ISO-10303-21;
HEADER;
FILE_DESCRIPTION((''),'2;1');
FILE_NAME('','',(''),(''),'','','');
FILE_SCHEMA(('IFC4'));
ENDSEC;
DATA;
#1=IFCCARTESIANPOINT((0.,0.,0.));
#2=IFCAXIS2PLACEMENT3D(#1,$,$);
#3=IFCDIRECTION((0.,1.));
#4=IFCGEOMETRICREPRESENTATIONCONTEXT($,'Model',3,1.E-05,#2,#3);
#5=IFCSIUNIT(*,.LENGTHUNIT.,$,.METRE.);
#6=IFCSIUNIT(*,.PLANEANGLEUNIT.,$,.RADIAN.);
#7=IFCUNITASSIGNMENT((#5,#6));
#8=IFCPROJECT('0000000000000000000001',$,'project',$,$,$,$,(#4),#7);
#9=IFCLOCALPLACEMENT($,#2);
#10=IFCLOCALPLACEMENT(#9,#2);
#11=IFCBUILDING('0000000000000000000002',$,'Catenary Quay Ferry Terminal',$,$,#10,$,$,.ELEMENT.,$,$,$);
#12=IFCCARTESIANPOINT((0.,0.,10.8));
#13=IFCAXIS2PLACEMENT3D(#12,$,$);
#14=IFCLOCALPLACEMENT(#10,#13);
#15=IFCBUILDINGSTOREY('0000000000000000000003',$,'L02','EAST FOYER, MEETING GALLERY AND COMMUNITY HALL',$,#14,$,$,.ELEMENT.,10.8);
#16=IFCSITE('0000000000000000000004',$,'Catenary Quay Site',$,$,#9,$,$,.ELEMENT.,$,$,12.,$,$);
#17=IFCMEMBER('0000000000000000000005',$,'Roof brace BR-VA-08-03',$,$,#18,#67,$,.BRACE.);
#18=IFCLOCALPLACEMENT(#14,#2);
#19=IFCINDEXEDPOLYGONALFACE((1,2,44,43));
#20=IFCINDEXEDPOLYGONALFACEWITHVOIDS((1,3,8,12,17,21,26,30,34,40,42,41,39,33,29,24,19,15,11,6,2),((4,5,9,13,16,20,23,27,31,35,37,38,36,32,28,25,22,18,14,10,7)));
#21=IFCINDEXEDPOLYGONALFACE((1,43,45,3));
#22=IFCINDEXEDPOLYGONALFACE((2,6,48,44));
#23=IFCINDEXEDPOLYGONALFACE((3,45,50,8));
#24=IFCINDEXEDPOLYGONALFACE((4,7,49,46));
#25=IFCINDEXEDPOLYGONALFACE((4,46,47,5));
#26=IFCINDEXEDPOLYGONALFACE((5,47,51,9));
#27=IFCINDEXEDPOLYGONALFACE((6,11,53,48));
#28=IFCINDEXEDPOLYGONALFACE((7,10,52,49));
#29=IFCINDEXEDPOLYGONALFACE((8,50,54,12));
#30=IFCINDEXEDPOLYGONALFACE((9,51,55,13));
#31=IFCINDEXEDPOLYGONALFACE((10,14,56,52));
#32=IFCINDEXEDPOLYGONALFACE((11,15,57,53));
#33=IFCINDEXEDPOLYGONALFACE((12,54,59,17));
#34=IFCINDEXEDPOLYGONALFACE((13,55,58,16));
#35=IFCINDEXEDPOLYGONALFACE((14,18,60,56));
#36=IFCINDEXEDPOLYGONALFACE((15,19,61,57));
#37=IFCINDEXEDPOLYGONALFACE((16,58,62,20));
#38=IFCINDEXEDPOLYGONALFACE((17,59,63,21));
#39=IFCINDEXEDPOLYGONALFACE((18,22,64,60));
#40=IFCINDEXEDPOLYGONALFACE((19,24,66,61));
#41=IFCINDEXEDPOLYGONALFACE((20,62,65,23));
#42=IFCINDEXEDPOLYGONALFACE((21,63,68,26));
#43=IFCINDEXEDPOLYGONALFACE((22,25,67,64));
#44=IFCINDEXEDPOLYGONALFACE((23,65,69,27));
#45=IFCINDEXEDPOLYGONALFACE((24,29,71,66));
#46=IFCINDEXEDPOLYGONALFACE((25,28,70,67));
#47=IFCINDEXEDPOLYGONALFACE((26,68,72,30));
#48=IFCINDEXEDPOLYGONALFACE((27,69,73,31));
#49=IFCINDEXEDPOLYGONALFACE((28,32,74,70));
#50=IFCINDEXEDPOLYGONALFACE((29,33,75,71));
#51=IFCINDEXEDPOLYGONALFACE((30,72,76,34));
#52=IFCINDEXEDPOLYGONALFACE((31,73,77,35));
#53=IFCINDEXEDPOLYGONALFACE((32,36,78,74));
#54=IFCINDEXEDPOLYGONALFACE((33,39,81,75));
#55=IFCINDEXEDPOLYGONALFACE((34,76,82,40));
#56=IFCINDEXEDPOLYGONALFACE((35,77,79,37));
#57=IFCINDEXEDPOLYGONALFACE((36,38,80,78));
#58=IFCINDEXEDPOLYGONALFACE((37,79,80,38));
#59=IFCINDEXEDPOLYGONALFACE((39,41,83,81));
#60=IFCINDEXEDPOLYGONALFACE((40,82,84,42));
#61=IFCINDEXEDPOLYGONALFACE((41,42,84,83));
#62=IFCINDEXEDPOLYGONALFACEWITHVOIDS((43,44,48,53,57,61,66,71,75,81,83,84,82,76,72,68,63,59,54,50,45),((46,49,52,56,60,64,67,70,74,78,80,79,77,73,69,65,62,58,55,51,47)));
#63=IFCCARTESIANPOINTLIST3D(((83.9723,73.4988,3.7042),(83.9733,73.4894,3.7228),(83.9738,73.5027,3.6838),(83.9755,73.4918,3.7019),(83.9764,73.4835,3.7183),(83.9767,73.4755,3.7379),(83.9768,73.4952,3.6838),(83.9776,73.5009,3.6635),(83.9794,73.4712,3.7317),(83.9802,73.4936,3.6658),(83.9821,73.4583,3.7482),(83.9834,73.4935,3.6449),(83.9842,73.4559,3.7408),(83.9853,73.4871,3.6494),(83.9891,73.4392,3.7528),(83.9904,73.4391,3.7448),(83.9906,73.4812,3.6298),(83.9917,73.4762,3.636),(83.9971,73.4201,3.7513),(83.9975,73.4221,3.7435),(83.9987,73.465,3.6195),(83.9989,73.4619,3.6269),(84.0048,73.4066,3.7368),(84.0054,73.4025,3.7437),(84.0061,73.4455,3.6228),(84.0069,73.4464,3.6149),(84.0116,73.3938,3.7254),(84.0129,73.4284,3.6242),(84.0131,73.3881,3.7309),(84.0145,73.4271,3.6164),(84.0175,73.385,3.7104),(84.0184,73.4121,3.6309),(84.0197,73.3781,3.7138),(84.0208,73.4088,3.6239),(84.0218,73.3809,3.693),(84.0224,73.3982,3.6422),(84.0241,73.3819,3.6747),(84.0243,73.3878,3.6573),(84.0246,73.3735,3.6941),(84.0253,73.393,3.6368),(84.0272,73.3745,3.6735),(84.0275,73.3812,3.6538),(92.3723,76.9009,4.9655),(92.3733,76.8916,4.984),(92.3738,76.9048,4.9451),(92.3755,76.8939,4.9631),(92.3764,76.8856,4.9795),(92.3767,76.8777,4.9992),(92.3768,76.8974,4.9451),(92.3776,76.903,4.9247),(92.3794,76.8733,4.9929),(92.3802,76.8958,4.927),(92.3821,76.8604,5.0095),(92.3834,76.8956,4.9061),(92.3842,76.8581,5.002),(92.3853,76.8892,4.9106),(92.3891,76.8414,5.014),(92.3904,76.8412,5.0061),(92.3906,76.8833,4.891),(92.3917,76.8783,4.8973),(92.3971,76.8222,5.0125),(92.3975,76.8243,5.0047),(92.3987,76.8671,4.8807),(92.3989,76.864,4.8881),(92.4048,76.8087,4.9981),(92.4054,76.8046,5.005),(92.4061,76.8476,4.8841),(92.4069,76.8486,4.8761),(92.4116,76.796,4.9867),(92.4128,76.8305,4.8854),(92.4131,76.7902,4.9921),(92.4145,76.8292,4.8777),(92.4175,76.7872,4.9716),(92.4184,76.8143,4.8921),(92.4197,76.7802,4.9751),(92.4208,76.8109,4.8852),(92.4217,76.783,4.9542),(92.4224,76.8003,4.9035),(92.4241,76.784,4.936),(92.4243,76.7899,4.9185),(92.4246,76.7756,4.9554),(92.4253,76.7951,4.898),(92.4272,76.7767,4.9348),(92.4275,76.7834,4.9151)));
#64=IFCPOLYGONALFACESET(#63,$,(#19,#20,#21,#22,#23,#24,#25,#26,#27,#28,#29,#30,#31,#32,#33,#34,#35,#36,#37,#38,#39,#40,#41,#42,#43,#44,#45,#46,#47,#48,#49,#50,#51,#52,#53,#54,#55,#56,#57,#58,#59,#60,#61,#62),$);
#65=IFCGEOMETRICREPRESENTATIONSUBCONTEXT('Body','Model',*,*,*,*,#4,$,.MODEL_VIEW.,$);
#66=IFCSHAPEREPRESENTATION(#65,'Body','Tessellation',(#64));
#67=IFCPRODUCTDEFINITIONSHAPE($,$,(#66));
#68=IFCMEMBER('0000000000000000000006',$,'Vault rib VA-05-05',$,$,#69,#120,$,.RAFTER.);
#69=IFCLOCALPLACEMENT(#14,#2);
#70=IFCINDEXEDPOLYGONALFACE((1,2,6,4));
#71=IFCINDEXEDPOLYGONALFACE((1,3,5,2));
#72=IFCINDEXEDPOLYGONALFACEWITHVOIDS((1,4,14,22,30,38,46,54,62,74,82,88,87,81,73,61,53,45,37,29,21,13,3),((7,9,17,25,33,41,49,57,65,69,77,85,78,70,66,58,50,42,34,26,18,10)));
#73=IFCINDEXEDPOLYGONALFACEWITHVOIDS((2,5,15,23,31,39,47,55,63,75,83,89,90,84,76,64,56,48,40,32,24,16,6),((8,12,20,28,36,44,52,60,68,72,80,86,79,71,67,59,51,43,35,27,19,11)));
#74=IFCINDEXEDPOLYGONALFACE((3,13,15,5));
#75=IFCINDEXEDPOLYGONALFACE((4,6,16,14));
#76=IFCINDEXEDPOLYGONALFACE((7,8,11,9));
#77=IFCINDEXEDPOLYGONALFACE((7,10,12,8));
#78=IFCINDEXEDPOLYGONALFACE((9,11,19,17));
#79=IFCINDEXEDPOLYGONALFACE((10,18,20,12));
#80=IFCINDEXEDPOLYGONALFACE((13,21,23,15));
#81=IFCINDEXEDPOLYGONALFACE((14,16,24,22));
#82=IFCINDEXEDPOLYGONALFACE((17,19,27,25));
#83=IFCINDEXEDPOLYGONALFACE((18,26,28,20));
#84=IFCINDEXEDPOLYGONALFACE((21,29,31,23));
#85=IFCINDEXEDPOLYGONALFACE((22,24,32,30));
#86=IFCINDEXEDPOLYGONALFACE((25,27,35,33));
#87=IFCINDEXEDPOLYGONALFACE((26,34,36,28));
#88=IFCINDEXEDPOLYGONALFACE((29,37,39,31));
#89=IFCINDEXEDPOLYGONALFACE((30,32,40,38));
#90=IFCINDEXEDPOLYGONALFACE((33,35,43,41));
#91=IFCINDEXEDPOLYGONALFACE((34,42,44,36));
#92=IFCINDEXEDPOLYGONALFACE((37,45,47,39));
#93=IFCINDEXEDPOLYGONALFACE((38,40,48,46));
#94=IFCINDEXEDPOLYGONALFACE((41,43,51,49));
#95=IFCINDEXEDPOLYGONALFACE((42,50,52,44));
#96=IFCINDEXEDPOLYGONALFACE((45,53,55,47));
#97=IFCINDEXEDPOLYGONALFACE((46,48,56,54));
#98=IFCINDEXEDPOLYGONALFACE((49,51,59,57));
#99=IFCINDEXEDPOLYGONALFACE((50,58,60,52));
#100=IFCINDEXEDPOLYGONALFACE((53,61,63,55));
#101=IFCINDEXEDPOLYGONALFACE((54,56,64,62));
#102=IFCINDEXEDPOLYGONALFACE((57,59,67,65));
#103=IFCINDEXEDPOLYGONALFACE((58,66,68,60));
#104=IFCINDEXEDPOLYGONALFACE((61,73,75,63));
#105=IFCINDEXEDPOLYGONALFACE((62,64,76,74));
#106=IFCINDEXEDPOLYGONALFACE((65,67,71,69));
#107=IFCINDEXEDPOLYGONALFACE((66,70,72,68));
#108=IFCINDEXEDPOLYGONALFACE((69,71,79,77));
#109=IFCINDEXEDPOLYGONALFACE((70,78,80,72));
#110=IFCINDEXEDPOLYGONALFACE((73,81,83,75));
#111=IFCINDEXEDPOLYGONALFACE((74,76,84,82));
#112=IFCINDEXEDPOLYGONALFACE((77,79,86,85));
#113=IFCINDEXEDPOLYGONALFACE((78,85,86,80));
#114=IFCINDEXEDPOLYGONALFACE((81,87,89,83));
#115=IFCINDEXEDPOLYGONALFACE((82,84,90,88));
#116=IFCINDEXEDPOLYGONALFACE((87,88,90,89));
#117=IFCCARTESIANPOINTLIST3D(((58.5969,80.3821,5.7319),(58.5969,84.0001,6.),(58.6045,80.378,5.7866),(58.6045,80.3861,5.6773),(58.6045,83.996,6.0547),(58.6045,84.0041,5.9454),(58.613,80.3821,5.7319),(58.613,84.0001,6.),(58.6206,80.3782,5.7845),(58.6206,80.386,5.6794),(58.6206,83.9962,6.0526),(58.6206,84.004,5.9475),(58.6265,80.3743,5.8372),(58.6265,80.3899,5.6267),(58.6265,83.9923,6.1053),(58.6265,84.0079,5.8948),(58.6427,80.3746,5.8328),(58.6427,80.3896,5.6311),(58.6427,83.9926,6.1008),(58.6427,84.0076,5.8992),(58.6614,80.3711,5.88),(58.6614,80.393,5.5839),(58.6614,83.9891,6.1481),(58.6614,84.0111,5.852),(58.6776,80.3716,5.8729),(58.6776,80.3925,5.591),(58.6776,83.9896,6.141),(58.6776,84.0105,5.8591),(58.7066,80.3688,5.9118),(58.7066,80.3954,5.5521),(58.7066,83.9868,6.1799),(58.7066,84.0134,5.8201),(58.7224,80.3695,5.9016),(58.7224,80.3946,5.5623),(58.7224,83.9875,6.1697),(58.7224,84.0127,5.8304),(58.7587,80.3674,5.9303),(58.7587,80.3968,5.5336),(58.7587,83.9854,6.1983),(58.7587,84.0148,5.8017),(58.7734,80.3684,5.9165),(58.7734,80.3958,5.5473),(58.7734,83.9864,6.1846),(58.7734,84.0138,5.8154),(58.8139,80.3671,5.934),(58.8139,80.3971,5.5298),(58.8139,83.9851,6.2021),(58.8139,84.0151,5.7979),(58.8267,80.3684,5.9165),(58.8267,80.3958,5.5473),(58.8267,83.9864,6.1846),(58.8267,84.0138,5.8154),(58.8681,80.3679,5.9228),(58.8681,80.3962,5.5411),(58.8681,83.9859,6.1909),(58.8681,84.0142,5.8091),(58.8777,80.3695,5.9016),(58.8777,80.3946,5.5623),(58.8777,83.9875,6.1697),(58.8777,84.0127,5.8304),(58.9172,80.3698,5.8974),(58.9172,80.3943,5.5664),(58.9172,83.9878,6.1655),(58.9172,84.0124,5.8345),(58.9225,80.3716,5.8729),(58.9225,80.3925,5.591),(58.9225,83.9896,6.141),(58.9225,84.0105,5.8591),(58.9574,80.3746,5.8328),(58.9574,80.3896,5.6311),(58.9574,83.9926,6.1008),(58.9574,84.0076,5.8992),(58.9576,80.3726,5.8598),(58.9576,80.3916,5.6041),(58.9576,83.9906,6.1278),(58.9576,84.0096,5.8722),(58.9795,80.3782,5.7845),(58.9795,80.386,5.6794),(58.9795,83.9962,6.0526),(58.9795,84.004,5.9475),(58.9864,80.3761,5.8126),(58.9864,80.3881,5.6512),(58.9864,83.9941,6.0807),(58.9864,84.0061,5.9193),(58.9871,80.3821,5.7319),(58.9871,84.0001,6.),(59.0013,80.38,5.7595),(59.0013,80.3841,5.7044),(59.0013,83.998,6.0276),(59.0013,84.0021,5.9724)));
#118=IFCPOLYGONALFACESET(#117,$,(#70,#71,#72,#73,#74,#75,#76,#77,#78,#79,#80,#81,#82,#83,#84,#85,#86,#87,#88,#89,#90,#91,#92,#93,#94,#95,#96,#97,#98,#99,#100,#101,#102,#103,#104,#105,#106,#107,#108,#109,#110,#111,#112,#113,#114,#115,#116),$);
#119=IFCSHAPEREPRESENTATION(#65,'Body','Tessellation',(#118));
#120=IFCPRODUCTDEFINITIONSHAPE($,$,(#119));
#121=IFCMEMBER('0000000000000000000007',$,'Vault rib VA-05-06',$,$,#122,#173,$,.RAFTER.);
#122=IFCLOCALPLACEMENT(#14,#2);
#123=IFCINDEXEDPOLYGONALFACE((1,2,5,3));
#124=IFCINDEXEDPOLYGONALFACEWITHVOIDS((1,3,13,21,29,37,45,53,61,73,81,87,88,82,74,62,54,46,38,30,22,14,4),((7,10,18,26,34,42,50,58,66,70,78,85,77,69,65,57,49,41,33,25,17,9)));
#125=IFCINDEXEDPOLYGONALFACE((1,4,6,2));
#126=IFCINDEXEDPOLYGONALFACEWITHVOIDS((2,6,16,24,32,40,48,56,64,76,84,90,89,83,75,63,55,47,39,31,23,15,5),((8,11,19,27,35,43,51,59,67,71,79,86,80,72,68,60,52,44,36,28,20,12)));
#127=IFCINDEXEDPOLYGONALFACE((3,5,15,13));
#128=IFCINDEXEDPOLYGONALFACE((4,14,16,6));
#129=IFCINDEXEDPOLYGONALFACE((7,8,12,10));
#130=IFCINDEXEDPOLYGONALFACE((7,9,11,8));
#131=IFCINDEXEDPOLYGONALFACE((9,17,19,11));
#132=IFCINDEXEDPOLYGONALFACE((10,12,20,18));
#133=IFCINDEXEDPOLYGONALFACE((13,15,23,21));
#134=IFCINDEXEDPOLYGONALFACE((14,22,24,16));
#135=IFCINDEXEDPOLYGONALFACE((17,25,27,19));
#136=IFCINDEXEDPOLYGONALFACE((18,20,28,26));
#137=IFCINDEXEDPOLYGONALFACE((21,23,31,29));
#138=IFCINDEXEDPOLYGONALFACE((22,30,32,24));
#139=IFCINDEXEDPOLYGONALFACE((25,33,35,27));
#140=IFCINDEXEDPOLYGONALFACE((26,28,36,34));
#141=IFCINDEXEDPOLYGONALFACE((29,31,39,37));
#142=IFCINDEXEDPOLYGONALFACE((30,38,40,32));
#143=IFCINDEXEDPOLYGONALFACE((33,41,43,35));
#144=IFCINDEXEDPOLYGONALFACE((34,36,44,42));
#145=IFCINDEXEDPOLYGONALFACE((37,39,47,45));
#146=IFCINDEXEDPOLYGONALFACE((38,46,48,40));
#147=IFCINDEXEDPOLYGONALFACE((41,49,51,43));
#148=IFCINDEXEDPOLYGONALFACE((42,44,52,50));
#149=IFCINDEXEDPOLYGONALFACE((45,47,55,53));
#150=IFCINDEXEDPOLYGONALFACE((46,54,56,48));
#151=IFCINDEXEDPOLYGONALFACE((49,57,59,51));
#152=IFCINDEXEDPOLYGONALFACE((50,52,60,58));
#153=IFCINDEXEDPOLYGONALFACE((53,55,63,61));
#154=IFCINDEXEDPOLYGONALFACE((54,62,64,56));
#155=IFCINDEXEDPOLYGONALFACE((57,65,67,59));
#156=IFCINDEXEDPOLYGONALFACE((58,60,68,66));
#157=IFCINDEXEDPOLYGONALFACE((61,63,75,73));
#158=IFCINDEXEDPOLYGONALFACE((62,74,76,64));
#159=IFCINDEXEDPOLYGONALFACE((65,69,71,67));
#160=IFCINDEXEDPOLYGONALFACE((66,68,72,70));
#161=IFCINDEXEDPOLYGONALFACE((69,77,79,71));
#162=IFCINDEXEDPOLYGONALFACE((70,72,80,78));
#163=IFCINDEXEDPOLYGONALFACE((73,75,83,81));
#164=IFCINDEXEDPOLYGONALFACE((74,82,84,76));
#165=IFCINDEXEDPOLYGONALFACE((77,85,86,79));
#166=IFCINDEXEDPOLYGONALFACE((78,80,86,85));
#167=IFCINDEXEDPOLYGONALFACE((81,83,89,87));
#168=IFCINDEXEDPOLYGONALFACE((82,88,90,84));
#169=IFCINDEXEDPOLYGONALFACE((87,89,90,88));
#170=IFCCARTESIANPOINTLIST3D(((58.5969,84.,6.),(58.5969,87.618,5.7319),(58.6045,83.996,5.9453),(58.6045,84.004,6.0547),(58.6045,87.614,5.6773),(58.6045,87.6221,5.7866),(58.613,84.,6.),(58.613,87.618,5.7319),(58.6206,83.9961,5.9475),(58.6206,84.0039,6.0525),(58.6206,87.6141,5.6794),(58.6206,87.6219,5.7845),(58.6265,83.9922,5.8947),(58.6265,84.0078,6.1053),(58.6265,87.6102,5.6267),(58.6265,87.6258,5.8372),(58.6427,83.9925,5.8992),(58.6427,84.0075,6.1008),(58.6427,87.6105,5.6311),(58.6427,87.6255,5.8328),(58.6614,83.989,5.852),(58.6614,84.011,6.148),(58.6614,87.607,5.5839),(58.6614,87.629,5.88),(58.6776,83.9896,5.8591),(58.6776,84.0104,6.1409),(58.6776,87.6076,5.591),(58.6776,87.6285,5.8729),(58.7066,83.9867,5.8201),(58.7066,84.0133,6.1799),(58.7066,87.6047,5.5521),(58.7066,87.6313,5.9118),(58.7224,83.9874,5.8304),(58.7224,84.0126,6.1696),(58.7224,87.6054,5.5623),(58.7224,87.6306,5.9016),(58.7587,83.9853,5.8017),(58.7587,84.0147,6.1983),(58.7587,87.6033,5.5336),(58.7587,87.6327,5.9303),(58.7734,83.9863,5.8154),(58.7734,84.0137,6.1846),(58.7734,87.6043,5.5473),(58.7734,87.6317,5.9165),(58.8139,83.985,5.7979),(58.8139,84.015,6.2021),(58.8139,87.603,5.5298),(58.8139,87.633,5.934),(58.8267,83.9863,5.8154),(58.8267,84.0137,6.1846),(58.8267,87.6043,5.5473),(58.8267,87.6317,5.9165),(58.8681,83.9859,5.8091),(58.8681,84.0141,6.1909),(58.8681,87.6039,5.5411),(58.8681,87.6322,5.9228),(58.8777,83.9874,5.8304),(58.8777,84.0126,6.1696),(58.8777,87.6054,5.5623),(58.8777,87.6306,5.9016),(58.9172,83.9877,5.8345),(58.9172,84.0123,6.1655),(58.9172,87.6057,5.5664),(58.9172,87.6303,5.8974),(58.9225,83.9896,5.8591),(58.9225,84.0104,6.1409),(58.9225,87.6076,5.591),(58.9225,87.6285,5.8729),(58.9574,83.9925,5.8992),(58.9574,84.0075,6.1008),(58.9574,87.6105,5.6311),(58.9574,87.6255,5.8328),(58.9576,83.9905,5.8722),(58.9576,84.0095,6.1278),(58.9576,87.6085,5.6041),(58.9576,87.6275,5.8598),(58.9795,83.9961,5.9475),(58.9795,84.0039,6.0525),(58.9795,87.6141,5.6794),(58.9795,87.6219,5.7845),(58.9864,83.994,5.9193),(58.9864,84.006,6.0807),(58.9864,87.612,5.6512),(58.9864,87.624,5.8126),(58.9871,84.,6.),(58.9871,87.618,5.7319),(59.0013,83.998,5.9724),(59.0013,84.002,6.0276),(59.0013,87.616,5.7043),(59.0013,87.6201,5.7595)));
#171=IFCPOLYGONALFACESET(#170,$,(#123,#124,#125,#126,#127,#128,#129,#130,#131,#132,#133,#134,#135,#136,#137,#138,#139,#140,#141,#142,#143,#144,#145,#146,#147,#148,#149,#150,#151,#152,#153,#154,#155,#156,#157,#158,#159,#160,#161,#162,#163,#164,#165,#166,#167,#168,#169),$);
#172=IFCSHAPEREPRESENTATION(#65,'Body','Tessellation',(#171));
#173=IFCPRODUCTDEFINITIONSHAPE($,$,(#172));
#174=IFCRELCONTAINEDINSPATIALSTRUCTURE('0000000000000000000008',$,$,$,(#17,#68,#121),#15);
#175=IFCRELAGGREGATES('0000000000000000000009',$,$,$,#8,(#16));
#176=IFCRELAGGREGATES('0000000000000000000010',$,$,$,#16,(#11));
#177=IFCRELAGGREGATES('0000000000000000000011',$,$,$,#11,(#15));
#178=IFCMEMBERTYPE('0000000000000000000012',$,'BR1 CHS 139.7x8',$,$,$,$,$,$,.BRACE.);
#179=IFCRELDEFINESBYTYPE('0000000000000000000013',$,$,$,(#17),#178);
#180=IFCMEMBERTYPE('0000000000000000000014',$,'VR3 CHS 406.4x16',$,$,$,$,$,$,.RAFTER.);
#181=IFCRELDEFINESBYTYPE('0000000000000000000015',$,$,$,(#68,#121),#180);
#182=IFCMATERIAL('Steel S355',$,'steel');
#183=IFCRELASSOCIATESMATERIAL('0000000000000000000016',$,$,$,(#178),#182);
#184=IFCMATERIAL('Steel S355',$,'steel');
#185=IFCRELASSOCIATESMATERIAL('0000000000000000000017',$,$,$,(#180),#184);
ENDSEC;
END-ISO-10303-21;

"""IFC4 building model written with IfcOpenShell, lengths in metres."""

from ifc_helpers import new_model, si_unit, direction, frame, origin, origin_2d, place, context, subcontext, project, spatial, hollow_circle, extrude, material, material_profile, profile_set, type_object, element, save


model = new_model("IFC4")

# Units and contexts
model_context = context("Model", 3, precision=1e-05, world=origin(), true_north=direction((0.0, 1.0)))
body_context = subcontext(model_context, "Body", "Model", "MODEL_VIEW")
ifc_project = project(units=[si_unit("LENGTHUNIT", "METRE"), si_unit("PLANEANGLEUNIT", "RADIAN")], contexts=[model_context])

# Site, building, storey
site_placement = place(None, origin())
site = spatial("IfcSite", under=ifc_project, at=site_placement, Name="Catenary Quay Site", CompositionType="ELEMENT", RefElevation=12.0)
building_placement = place(site_placement, origin())
building = spatial("IfcBuilding", under=site, at=building_placement, Name="Catenary Quay Ferry Terminal", CompositionType="ELEMENT")
storey_placement = place(building_placement, frame((0.0, 0.0, 10.8)))
storey = spatial("IfcBuildingStorey", under=building, at=storey_placement, Name="L02", Description="EAST FOYER, MEETING GALLERY AND COMMUNITY HALL", CompositionType="ELEMENT", Elevation=10.8)

# Members
ifc_material_1 = material(Name="Steel S355", Category="steel")
ifc_material_profile_1 = material_profile(ifc_material_1, hollow_circle(Radius=0.0698, WallThickness=0.0081, at=origin_2d()), Name="CHS 139.7x8")
ifc_profile_set_1 = profile_set([ifc_material_profile_1], Name="Steel S355")
member_type_1 = type_object("IfcMemberType", Name="BR1 CHS 139.7x8", PredefinedType="BRACE", material=ifc_profile_set_1)
member_1_placement = place(storey_placement, frame((84.0, 73.438, 3.6838), z_axis=(0.918017, 0.371812, 0.137839), x_axis=(-0.375396, 0.926865, 0.0)))
element("IfcMember", 1, at=member_1_placement, inside=storey, type_object=member_type_1, Name="Roof brace BR-VA-08-03", PredefinedType="BRACE", context=body_context, shape_type="SweptSolid", body=[
    extrude(hollow_circle(Radius=0.0698, WallThickness=0.0081, at=origin_2d()), origin(), (0.0, 0.0, 1.0), 9.1501),
])
ifc_material_2 = material(Name="Steel S355", Category="steel")
ifc_material_profile_2 = material_profile(ifc_material_2, hollow_circle(Radius=0.2031, WallThickness=0.0161, at=origin_2d()), Name="CHS 406.4x16")
ifc_profile_set_2 = profile_set([ifc_material_profile_2], Name="Steel S355")
member_type_2 = type_object("IfcMemberType", Name="VR3 CHS 406.4x16", PredefinedType="RAFTER", material=ifc_profile_set_2)
for number, where, z_axis, x_axis, name in (
    (2, (58.8, 80.3821, 5.7319), (0.0, 0.997266, 0.073892), (-1.0, 0.0, 0.0), "Vault rib VA-05-05"),
    (3, (58.8, 84.0, 6.0), (0.0, 0.997266, -0.073892), (-1.0, 0.0, 0.0), "Vault rib VA-05-06"),
):
    element("IfcMember", number, at=place(storey_placement, frame(where, z_axis=z_axis, x_axis=x_axis)), inside=storey, type_object=member_type_2, Name=name, PredefinedType="RAFTER", context=body_context, shape_type="SweptSolid", body=[
        extrude(hollow_circle(Radius=0.2031, WallThickness=0.0161, at=origin_2d()), origin(), (0.0, 0.0, 1.0), 3.6279),
    ])

save(model, "model.ifc")
